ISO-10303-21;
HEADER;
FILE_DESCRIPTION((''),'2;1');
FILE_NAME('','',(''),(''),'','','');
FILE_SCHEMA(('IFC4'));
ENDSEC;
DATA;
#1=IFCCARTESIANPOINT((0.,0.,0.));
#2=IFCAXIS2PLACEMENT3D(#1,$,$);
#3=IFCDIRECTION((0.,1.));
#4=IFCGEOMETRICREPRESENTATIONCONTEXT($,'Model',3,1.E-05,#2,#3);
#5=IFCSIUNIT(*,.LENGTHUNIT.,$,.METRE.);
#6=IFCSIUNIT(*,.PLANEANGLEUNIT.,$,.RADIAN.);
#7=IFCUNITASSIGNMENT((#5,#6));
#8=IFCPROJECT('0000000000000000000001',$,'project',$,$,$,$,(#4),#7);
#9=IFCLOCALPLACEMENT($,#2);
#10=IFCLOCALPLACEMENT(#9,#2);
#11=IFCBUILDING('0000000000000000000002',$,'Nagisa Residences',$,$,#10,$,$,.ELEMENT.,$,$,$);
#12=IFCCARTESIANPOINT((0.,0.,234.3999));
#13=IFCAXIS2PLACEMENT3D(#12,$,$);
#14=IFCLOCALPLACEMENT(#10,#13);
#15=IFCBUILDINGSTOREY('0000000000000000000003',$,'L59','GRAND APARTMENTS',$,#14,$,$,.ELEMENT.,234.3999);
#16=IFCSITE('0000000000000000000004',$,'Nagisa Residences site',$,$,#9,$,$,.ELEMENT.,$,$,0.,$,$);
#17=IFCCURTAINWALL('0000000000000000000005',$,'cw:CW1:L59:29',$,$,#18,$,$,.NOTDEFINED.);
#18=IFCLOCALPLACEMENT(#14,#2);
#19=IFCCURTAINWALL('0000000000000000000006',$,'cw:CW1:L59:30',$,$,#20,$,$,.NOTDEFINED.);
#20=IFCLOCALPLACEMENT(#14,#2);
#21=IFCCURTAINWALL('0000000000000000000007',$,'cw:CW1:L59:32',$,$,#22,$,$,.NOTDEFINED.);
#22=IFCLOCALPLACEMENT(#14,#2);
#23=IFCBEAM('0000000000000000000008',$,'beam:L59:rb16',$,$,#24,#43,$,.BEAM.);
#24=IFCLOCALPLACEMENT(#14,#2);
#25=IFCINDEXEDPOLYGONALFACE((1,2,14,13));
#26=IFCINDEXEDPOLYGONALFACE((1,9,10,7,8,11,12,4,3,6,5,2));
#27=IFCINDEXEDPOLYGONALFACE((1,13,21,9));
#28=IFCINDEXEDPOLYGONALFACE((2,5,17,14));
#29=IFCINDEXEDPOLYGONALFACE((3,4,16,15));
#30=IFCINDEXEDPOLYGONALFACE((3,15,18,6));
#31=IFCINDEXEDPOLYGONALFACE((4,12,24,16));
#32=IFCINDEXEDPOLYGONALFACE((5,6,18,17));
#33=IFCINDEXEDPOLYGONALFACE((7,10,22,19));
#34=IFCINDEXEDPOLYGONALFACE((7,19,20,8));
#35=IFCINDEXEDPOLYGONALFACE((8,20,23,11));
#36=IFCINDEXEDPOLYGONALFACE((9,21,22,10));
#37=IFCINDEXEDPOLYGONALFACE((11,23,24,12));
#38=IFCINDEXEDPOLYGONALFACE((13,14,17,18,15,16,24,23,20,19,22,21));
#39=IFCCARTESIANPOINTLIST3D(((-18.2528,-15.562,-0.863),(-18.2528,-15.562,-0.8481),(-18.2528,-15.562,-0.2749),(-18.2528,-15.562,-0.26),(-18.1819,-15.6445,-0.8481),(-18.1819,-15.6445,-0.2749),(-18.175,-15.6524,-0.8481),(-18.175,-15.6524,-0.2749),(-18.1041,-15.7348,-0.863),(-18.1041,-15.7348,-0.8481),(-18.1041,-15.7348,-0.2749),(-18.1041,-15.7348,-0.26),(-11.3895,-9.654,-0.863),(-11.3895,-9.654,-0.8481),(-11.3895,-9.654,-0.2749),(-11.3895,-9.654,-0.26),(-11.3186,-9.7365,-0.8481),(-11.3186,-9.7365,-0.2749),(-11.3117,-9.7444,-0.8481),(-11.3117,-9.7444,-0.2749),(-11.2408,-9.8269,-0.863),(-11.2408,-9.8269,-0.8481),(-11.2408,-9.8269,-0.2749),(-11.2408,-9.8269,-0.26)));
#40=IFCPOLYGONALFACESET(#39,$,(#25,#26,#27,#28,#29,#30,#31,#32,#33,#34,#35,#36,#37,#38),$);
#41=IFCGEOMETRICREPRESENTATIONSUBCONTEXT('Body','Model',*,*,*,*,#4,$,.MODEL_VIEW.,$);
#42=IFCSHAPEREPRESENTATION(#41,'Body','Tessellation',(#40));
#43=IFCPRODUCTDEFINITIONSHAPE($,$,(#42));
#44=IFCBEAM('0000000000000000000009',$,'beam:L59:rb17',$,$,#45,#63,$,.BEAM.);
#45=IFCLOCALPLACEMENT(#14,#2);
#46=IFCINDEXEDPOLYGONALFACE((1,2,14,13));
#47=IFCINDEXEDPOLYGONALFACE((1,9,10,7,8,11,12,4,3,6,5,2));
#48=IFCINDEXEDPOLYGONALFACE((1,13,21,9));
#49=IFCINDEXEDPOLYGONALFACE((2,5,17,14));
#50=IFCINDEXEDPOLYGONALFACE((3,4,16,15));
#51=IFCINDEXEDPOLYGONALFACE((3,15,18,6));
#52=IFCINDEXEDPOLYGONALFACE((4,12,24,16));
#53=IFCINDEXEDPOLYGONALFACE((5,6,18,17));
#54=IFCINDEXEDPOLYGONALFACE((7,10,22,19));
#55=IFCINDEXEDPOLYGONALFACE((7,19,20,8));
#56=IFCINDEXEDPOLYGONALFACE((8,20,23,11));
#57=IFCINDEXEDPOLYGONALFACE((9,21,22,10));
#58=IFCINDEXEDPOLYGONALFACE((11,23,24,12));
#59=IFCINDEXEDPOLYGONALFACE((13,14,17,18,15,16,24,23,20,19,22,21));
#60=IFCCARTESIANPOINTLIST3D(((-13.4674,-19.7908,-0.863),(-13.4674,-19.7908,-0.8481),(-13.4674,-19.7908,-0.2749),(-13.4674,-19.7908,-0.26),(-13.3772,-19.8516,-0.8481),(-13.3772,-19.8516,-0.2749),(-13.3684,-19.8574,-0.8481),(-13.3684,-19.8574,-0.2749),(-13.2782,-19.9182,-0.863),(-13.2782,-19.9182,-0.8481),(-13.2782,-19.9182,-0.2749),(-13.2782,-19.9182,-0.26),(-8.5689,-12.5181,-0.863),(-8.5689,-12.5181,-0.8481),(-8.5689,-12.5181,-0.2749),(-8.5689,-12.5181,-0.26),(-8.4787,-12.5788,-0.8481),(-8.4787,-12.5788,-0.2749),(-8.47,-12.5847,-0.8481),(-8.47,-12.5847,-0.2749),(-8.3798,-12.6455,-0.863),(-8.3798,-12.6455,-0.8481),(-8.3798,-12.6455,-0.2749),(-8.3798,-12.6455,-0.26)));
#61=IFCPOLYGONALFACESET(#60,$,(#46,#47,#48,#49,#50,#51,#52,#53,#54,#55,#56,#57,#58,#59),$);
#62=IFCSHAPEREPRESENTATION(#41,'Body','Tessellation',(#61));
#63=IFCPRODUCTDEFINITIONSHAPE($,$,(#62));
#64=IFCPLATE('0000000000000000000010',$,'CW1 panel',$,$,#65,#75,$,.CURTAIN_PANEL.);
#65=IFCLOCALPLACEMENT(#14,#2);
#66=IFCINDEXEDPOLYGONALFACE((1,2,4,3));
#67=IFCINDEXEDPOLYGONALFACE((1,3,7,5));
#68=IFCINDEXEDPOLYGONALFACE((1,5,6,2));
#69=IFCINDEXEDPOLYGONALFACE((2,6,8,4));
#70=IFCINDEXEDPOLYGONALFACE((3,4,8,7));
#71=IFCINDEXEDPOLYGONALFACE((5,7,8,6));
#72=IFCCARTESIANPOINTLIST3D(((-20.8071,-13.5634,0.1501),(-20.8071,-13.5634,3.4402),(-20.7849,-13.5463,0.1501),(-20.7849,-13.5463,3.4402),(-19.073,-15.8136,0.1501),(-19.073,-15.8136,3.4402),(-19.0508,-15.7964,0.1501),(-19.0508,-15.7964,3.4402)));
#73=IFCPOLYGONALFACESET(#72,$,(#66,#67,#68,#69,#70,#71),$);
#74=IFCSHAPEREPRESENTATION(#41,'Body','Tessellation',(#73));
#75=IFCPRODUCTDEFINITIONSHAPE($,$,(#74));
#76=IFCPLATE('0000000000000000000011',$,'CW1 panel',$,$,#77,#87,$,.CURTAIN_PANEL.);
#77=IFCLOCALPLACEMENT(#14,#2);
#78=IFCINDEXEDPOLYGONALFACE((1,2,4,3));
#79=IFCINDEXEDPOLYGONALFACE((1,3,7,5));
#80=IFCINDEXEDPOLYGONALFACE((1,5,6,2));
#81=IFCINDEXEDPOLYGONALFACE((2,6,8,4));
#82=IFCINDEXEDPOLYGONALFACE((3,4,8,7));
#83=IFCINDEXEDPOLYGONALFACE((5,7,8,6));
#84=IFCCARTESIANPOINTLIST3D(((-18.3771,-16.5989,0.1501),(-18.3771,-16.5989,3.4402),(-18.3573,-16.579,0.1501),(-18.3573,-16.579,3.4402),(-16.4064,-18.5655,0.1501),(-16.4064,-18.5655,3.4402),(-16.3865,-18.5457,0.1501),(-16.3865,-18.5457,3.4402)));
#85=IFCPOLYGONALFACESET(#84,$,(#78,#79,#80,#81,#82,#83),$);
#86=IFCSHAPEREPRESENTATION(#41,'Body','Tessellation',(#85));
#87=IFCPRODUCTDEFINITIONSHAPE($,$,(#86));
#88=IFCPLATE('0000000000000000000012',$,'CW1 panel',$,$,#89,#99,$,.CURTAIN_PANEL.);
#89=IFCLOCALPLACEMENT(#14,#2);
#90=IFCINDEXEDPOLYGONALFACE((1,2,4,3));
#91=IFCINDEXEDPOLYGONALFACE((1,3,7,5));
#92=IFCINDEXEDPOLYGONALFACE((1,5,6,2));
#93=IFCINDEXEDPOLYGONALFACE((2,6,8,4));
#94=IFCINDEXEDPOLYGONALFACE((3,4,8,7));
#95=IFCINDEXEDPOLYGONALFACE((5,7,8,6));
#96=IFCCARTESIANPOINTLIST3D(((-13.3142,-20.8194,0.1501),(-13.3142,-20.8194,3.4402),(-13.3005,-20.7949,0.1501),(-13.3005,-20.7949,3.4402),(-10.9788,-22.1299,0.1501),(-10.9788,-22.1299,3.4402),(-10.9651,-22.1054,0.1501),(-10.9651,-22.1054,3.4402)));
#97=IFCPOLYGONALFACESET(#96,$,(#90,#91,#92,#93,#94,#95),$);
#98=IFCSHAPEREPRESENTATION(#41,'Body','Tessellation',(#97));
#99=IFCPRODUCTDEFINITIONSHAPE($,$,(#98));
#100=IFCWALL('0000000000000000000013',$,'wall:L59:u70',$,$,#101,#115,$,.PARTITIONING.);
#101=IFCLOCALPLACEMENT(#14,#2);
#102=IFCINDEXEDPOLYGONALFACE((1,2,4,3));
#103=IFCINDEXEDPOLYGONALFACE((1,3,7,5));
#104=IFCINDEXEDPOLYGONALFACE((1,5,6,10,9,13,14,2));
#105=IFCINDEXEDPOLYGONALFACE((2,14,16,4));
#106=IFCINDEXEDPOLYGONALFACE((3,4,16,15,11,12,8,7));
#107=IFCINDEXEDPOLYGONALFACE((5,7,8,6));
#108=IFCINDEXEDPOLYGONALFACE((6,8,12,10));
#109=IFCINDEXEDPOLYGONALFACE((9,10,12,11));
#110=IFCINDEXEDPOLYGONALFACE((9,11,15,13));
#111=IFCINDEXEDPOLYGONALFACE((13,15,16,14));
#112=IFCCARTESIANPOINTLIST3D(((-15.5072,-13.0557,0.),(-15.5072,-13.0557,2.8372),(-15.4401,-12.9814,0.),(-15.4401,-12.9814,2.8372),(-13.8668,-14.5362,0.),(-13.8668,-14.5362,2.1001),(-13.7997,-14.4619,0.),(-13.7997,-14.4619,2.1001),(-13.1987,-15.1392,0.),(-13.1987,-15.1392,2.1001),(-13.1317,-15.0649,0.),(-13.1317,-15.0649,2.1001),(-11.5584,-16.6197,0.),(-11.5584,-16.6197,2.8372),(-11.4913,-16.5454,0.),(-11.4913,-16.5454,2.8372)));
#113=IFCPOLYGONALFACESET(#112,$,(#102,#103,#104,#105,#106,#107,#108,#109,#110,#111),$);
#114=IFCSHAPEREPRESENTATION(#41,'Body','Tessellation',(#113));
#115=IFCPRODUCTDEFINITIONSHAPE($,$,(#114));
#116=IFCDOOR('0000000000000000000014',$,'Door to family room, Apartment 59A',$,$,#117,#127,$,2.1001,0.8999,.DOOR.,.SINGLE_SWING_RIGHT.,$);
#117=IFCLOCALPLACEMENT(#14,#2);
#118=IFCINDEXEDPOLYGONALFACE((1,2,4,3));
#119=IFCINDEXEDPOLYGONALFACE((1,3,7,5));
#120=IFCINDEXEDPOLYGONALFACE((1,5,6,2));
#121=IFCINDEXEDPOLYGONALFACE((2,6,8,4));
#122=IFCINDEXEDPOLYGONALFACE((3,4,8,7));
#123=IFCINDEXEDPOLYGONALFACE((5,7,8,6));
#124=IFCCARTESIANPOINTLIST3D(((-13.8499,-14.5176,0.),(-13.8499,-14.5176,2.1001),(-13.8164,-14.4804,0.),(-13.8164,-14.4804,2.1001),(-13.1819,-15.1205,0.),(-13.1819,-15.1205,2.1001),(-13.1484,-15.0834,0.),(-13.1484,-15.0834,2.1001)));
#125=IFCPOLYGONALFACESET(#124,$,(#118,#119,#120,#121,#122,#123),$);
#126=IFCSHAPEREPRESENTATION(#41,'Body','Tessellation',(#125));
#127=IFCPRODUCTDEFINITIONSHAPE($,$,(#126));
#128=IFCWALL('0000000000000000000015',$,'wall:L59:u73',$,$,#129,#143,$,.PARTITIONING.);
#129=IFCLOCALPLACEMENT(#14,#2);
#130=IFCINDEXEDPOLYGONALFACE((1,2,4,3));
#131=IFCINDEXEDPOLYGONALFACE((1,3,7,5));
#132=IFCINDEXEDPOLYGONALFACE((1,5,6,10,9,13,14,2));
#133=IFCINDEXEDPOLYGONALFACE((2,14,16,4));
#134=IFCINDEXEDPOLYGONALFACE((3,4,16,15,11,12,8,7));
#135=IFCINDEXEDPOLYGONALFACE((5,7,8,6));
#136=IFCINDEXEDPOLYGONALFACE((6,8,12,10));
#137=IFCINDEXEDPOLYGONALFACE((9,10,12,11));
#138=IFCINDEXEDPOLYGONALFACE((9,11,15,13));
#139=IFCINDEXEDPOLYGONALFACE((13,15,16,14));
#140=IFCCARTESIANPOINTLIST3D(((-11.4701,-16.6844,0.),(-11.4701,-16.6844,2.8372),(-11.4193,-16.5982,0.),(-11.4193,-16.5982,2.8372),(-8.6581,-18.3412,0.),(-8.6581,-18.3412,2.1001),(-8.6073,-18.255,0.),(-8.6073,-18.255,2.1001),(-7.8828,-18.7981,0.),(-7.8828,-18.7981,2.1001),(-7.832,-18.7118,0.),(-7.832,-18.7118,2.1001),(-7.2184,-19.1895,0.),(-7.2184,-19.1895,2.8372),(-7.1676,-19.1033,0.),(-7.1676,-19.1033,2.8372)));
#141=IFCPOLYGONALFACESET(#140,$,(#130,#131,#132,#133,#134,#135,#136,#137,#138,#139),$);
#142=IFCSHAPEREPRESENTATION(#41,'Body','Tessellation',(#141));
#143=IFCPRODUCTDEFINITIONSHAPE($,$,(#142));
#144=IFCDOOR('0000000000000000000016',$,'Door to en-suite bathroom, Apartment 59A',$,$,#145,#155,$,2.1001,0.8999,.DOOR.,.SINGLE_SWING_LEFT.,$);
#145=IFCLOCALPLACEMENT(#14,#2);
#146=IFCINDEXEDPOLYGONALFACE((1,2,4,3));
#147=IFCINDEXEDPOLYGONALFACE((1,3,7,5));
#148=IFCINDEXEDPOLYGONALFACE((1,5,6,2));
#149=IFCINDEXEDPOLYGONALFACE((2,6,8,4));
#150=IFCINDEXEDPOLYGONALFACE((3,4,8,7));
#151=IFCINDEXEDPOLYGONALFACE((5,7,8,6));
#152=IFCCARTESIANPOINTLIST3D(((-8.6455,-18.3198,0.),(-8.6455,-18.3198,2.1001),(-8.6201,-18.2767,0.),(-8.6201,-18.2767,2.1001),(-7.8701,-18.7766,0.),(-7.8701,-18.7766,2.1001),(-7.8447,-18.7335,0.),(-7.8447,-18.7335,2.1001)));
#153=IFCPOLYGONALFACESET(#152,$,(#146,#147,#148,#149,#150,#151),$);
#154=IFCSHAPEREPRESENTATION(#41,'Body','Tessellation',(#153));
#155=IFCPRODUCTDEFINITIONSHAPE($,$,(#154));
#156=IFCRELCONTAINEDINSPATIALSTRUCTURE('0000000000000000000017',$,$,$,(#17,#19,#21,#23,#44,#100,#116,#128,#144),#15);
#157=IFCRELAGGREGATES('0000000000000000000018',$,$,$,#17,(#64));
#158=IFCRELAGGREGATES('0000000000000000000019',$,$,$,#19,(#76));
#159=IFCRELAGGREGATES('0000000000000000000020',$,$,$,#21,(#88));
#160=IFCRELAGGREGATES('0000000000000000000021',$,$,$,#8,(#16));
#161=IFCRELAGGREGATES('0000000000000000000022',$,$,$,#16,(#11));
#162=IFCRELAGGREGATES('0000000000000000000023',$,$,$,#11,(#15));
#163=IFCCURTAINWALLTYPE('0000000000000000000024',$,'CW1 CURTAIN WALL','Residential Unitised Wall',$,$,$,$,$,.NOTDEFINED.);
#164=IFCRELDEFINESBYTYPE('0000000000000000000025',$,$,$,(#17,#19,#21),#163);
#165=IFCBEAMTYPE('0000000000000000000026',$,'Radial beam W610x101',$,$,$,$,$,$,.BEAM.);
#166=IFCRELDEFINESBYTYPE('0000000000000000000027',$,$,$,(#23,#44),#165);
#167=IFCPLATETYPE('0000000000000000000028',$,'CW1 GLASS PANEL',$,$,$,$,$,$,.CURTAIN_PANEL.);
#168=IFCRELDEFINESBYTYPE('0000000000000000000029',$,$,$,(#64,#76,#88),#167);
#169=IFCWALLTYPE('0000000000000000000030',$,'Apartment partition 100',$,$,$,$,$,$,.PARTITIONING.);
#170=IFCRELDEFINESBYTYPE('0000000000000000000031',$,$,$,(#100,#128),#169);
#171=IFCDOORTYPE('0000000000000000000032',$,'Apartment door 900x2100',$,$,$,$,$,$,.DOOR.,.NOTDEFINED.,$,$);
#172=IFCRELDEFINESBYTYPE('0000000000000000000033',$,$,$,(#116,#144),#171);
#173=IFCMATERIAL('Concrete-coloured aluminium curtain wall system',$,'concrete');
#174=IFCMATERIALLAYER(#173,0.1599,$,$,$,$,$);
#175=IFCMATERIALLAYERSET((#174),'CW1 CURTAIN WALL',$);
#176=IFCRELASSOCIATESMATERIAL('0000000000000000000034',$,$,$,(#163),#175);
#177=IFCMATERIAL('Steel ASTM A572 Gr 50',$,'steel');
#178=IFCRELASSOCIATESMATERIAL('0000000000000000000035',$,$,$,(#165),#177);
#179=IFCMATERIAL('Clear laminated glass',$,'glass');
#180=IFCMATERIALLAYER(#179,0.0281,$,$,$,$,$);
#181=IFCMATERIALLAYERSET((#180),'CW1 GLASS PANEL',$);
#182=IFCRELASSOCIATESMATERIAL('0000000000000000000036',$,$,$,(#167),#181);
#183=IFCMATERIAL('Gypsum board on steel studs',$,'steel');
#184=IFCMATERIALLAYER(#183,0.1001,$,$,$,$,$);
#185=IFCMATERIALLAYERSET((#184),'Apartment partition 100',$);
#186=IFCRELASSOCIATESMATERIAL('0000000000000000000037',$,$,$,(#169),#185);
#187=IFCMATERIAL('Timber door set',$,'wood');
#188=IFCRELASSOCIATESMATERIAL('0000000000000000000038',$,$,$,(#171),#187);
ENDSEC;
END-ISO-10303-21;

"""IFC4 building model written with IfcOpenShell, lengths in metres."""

from ifc_helpers import new_model, si_unit, direction, frame, frame_2d, origin, origin_2d, place, context, subcontext, project, spatial, rectangle, i_section, extrude, material, layer, layer_set, material_profile, profile_set, type_object, element, fill, aggregate, save


model = new_model("IFC4")

# Units and contexts
model_context = context("Model", 3, precision=1e-05, world=origin(), true_north=direction((0.0, 1.0)))
body_context = subcontext(model_context, "Body", "Model", "MODEL_VIEW")
ifc_project = project(units=[si_unit("LENGTHUNIT", "METRE"), si_unit("PLANEANGLEUNIT", "RADIAN")], contexts=[model_context])

# Site, building, storey
site_placement = place(None, origin())
site = spatial("IfcSite", under=ifc_project, at=site_placement, Name="Nagisa Residences site", CompositionType="ELEMENT", RefElevation=0.0)
building_placement = place(site_placement, origin())
building = spatial("IfcBuilding", under=site, at=building_placement, Name="Nagisa Residences", CompositionType="ELEMENT")
storey_placement = place(building_placement, frame((0.0, 0.0, 234.3999)))
storey = spatial("IfcBuildingStorey", under=building, at=storey_placement, Name="L59", Description="GRAND APARTMENTS", CompositionType="ELEMENT", Elevation=234.3999)

# Curtain walls
ifc_material_1 = material(Name="Concrete-coloured aluminium curtain wall system", Category="concrete")
ifc_layer_1 = layer(ifc_material_1, 0.1599)
ifc_layer_set_1 = layer_set([ifc_layer_1], Name="CW1 CURTAIN WALL")
curtain_wall_type = type_object("IfcCurtainWallType", Name="CW1 CURTAIN WALL", Description="Residential Unitised Wall", PredefinedType="NOTDEFINED", material=ifc_layer_set_1)
curtain_wall_1_placement = place(storey_placement, origin())
curtain_wall_1 = element("IfcCurtainWall", 1, at=curtain_wall_1_placement, inside=storey, type_object=curtain_wall_type, Name="cw:CW1:L59:29", PredefinedType="NOTDEFINED")
curtain_wall_2_placement = place(storey_placement, origin())
curtain_wall_2 = element("IfcCurtainWall", 2, at=curtain_wall_2_placement, inside=storey, type_object=curtain_wall_type, Name="cw:CW1:L59:30", PredefinedType="NOTDEFINED")
curtain_wall_3_placement = place(storey_placement, origin())
curtain_wall_3 = element("IfcCurtainWall", 3, at=curtain_wall_3_placement, inside=storey, type_object=curtain_wall_type, Name="cw:CW1:L59:32", PredefinedType="NOTDEFINED")

# Beams
ifc_material_2 = material(Name="Steel ASTM A572 Gr 50", Category="steel")
ifc_material_profile_1 = material_profile(ifc_material_2, i_section(OverallWidth=0.228, OverallDepth=0.603, WebThickness=0.0105, FlangeThickness=0.0149, at=origin_2d()), Name="W610x101")
ifc_profile_set_1 = profile_set([ifc_material_profile_1], Name="Steel ASTM A572 Gr 50")
beam_type_1 = type_object("IfcBeamType", Name="Radial beam W610x101", PredefinedType="BEAM", material=ifc_profile_set_1)
beam_1_placement = place(storey_placement, frame((-18.1785, -15.6484, -0.5615), z_axis=(0.757883, 0.652391, 0.0), x_axis=(-0.652391, 0.757883, 0.0)))
element("IfcBeam", 4, at=beam_1_placement, inside=storey, type_object=beam_type_1, Name="beam:L59:rb16", PredefinedType="BEAM", context=body_context, shape_type="SweptSolid", body=[
    extrude(i_section(OverallWidth=0.228, OverallDepth=0.603, WebThickness=0.0105, FlangeThickness=0.0149, at=origin_2d()), origin(), (0.0, 0.0, 1.0), 9.0559),
])
beam_2_placement = place(storey_placement, frame((-13.3728, -19.8545, -0.5615), z_axis=(0.558639, 0.829411, 0.0), x_axis=(-0.829411, 0.558639, 0.0)))
element("IfcBeam", 5, at=beam_2_placement, inside=storey, type_object=beam_type_1, Name="beam:L59:rb17", PredefinedType="BEAM", context=body_context, shape_type="SweptSolid", body=[
    extrude(i_section(OverallWidth=0.228, OverallDepth=0.603, WebThickness=0.0105, FlangeThickness=0.0149, at=origin_2d()), origin(), (0.0, 0.0, 1.0), 8.7686),
])

# Plates
ifc_material_3 = material(Name="Clear laminated glass", Category="glass")
ifc_layer_2 = layer(ifc_material_3, 0.0281)
ifc_layer_set_2 = layer_set([ifc_layer_2], Name="CW1 GLASS PANEL")
plate_type = type_object("IfcPlateType", Name="CW1 GLASS PANEL", PredefinedType="CURTAIN_PANEL", material=ifc_layer_set_2)
plate_1_placement = place(storey_placement, frame((-19.929, -14.6799, 0.1501), z_axis=(0.0, 0.0, 1.0), x_axis=(0.61043, -0.79207, 0.0)))
plate_1 = element("IfcPlate", 6, at=plate_1_placement, type_object=plate_type, Name="CW1 panel", PredefinedType="CURTAIN_PANEL", context=body_context, shape_type="SweptSolid", body=[
    extrude(rectangle(XDim=2.8408, YDim=0.0281, at=origin_2d()), origin(), (0.0, 0.0, 1.0), 3.29),
])
aggregate(curtain_wall_1, [plate_1])
plate_2_placement = place(storey_placement, frame((-17.3818, -17.5723, 0.1501), z_axis=(0.0, 0.0, 1.0), x_axis=(0.707836, -0.706377, 0.0)))
plate_2 = element("IfcPlate", 7, at=plate_2_placement, type_object=plate_type, Name="CW1 panel", PredefinedType="CURTAIN_PANEL", context=body_context, shape_type="SweptSolid", body=[
    extrude(rectangle(XDim=2.7842, YDim=0.0281, at=origin_2d()), origin(), (0.0, 0.0, 1.0), 3.29),
])
aggregate(curtain_wall_2, [plate_2])
plate_3_placement = place(storey_placement, frame((-12.1396, -21.4624, 0.1501), z_axis=(0.0, 0.0, 1.0), x_axis=(0.872072, -0.489377, 0.0)))
plate_3 = element("IfcPlate", 8, at=plate_3_placement, type_object=plate_type, Name="CW1 panel", PredefinedType="CURTAIN_PANEL", context=body_context, shape_type="SweptSolid", body=[
    extrude(rectangle(XDim=2.678, YDim=0.0281, at=origin_2d()), origin(), (0.0, 0.0, 1.0), 3.29),
])
aggregate(curtain_wall_3, [plate_3])

# Walls, openings, doors
ifc_material_4 = material(Name="Gypsum board on steel studs", Category="steel")
ifc_layer_3 = layer(ifc_material_4, 0.1001)
ifc_layer_set_3 = layer_set([ifc_layer_3], Name="Apartment partition 100")
wall_type_1 = type_object("IfcWallType", Name="Apartment partition 100", PredefinedType="PARTITIONING", material=ifc_layer_set_3)
wall_1_placement = place(storey_placement, frame((-15.4736, -13.0186, 0.0), z_axis=(0.0, 0.0, 1.0), x_axis=(0.742349, -0.670014, 0.0)))
wall_1 = element("IfcWall", 9, at=wall_1_placement, inside=storey, type_object=wall_type_1, Name="wall:L59:u70", PredefinedType="PARTITIONING", context=body_context, shape_type="SweptSolid", body=[
    extrude(rectangle(XDim=5.3193, YDim=0.1001, at=frame_2d((2.6597, 0.0))), origin(), (0.0, 0.0, 1.0), 2.8372),
])
opening_1_placement = place(wall_1_placement, frame((2.2097, 0.0, 0.0)))
opening_1 = element("IfcOpeningElement", 10, at=opening_1_placement, cuts=wall_1, PredefinedType="OPENING", context=body_context, shape_type="SweptSolid", body=[
    extrude(rectangle(XDim=0.8999, YDim=2.1001, at=frame_2d((0.45, 1.05))), frame((0.0, 0.0601, 0.0), z_axis=(0.0, -1.0, 0.0), x_axis=(1.0, 0.0, 0.0)), (0.0, 0.0, 1.0), 0.1201),
])
ifc_material_5 = material(Name="Timber door set", Category="wood")
door_type_1 = type_object("IfcDoorType", Name="Apartment door 900x2100", OperationType="NOTDEFINED", PredefinedType="DOOR", material=ifc_material_5)
door_1_placement = place(opening_1_placement, frame((0.8999, 0.0, 0.0), x_axis=(-1.0, 0.0, 0.0)))
door_1 = element("IfcDoor", 11, at=door_1_placement, inside=storey, type_object=door_type_1, Name="Door to family room, Apartment 59A", OperationType="SINGLE_SWING_RIGHT", OverallHeight=2.1001, OverallWidth=0.8999, PredefinedType="DOOR", context=body_context, shape_type="SweptSolid", body=[
    extrude(rectangle(XDim=0.8999, YDim=2.1001, at=frame_2d((0.45, 1.05))), frame((0.0, 0.0249, 0.0), z_axis=(0.0, -1.0, 0.0), x_axis=(1.0, 0.0, 0.0)), (0.0, 0.0, 1.0), 0.05),
])
fill(opening_1, door_1)
wall_2_placement = place(storey_placement, frame((-11.4446, -16.6414, 0.0), z_axis=(0.0, 0.0, 1.0), x_axis=(0.861569, -0.507641, 0.0)))
wall_2 = element("IfcWall", 12, at=wall_2_placement, inside=storey, type_object=wall_type_1, Name="wall:L59:u73", PredefinedType="PARTITIONING", context=body_context, shape_type="SweptSolid", body=[
    extrude(rectangle(XDim=4.9348, YDim=0.1001, at=frame_2d((2.4673, 0.0))), origin(), (0.0, 0.0, 1.0), 2.8372),
])
opening_2_placement = place(wall_2_placement, frame((3.2637, 0.0, 0.0)))
opening_2 = element("IfcOpeningElement", 13, at=opening_2_placement, cuts=wall_2, PredefinedType="OPENING", context=body_context, shape_type="SweptSolid", body=[
    extrude(rectangle(XDim=0.8999, YDim=2.1001, at=frame_2d((0.45, 1.05))), frame((0.0, 0.0601, 0.0), z_axis=(0.0, -1.0, 0.0), x_axis=(1.0, 0.0, 0.0)), (0.0, 0.0, 1.0), 0.1201),
])
door_2_placement = place(opening_2_placement, origin())
door_2 = element("IfcDoor", 14, at=door_2_placement, inside=storey, type_object=door_type_1, Name="Door to en-suite bathroom, Apartment 59A", OperationType="SINGLE_SWING_LEFT", OverallHeight=2.1001, OverallWidth=0.8999, PredefinedType="DOOR", context=body_context, shape_type="SweptSolid", body=[
    extrude(rectangle(XDim=0.8999, YDim=2.1001, at=frame_2d((0.45, 1.05))), frame((0.0, 0.0249, 0.0), z_axis=(0.0, -1.0, 0.0), x_axis=(1.0, 0.0, 0.0)), (0.0, 0.0, 1.0), 0.05),
])
fill(opening_2, door_2)

save(model, "model.ifc")
